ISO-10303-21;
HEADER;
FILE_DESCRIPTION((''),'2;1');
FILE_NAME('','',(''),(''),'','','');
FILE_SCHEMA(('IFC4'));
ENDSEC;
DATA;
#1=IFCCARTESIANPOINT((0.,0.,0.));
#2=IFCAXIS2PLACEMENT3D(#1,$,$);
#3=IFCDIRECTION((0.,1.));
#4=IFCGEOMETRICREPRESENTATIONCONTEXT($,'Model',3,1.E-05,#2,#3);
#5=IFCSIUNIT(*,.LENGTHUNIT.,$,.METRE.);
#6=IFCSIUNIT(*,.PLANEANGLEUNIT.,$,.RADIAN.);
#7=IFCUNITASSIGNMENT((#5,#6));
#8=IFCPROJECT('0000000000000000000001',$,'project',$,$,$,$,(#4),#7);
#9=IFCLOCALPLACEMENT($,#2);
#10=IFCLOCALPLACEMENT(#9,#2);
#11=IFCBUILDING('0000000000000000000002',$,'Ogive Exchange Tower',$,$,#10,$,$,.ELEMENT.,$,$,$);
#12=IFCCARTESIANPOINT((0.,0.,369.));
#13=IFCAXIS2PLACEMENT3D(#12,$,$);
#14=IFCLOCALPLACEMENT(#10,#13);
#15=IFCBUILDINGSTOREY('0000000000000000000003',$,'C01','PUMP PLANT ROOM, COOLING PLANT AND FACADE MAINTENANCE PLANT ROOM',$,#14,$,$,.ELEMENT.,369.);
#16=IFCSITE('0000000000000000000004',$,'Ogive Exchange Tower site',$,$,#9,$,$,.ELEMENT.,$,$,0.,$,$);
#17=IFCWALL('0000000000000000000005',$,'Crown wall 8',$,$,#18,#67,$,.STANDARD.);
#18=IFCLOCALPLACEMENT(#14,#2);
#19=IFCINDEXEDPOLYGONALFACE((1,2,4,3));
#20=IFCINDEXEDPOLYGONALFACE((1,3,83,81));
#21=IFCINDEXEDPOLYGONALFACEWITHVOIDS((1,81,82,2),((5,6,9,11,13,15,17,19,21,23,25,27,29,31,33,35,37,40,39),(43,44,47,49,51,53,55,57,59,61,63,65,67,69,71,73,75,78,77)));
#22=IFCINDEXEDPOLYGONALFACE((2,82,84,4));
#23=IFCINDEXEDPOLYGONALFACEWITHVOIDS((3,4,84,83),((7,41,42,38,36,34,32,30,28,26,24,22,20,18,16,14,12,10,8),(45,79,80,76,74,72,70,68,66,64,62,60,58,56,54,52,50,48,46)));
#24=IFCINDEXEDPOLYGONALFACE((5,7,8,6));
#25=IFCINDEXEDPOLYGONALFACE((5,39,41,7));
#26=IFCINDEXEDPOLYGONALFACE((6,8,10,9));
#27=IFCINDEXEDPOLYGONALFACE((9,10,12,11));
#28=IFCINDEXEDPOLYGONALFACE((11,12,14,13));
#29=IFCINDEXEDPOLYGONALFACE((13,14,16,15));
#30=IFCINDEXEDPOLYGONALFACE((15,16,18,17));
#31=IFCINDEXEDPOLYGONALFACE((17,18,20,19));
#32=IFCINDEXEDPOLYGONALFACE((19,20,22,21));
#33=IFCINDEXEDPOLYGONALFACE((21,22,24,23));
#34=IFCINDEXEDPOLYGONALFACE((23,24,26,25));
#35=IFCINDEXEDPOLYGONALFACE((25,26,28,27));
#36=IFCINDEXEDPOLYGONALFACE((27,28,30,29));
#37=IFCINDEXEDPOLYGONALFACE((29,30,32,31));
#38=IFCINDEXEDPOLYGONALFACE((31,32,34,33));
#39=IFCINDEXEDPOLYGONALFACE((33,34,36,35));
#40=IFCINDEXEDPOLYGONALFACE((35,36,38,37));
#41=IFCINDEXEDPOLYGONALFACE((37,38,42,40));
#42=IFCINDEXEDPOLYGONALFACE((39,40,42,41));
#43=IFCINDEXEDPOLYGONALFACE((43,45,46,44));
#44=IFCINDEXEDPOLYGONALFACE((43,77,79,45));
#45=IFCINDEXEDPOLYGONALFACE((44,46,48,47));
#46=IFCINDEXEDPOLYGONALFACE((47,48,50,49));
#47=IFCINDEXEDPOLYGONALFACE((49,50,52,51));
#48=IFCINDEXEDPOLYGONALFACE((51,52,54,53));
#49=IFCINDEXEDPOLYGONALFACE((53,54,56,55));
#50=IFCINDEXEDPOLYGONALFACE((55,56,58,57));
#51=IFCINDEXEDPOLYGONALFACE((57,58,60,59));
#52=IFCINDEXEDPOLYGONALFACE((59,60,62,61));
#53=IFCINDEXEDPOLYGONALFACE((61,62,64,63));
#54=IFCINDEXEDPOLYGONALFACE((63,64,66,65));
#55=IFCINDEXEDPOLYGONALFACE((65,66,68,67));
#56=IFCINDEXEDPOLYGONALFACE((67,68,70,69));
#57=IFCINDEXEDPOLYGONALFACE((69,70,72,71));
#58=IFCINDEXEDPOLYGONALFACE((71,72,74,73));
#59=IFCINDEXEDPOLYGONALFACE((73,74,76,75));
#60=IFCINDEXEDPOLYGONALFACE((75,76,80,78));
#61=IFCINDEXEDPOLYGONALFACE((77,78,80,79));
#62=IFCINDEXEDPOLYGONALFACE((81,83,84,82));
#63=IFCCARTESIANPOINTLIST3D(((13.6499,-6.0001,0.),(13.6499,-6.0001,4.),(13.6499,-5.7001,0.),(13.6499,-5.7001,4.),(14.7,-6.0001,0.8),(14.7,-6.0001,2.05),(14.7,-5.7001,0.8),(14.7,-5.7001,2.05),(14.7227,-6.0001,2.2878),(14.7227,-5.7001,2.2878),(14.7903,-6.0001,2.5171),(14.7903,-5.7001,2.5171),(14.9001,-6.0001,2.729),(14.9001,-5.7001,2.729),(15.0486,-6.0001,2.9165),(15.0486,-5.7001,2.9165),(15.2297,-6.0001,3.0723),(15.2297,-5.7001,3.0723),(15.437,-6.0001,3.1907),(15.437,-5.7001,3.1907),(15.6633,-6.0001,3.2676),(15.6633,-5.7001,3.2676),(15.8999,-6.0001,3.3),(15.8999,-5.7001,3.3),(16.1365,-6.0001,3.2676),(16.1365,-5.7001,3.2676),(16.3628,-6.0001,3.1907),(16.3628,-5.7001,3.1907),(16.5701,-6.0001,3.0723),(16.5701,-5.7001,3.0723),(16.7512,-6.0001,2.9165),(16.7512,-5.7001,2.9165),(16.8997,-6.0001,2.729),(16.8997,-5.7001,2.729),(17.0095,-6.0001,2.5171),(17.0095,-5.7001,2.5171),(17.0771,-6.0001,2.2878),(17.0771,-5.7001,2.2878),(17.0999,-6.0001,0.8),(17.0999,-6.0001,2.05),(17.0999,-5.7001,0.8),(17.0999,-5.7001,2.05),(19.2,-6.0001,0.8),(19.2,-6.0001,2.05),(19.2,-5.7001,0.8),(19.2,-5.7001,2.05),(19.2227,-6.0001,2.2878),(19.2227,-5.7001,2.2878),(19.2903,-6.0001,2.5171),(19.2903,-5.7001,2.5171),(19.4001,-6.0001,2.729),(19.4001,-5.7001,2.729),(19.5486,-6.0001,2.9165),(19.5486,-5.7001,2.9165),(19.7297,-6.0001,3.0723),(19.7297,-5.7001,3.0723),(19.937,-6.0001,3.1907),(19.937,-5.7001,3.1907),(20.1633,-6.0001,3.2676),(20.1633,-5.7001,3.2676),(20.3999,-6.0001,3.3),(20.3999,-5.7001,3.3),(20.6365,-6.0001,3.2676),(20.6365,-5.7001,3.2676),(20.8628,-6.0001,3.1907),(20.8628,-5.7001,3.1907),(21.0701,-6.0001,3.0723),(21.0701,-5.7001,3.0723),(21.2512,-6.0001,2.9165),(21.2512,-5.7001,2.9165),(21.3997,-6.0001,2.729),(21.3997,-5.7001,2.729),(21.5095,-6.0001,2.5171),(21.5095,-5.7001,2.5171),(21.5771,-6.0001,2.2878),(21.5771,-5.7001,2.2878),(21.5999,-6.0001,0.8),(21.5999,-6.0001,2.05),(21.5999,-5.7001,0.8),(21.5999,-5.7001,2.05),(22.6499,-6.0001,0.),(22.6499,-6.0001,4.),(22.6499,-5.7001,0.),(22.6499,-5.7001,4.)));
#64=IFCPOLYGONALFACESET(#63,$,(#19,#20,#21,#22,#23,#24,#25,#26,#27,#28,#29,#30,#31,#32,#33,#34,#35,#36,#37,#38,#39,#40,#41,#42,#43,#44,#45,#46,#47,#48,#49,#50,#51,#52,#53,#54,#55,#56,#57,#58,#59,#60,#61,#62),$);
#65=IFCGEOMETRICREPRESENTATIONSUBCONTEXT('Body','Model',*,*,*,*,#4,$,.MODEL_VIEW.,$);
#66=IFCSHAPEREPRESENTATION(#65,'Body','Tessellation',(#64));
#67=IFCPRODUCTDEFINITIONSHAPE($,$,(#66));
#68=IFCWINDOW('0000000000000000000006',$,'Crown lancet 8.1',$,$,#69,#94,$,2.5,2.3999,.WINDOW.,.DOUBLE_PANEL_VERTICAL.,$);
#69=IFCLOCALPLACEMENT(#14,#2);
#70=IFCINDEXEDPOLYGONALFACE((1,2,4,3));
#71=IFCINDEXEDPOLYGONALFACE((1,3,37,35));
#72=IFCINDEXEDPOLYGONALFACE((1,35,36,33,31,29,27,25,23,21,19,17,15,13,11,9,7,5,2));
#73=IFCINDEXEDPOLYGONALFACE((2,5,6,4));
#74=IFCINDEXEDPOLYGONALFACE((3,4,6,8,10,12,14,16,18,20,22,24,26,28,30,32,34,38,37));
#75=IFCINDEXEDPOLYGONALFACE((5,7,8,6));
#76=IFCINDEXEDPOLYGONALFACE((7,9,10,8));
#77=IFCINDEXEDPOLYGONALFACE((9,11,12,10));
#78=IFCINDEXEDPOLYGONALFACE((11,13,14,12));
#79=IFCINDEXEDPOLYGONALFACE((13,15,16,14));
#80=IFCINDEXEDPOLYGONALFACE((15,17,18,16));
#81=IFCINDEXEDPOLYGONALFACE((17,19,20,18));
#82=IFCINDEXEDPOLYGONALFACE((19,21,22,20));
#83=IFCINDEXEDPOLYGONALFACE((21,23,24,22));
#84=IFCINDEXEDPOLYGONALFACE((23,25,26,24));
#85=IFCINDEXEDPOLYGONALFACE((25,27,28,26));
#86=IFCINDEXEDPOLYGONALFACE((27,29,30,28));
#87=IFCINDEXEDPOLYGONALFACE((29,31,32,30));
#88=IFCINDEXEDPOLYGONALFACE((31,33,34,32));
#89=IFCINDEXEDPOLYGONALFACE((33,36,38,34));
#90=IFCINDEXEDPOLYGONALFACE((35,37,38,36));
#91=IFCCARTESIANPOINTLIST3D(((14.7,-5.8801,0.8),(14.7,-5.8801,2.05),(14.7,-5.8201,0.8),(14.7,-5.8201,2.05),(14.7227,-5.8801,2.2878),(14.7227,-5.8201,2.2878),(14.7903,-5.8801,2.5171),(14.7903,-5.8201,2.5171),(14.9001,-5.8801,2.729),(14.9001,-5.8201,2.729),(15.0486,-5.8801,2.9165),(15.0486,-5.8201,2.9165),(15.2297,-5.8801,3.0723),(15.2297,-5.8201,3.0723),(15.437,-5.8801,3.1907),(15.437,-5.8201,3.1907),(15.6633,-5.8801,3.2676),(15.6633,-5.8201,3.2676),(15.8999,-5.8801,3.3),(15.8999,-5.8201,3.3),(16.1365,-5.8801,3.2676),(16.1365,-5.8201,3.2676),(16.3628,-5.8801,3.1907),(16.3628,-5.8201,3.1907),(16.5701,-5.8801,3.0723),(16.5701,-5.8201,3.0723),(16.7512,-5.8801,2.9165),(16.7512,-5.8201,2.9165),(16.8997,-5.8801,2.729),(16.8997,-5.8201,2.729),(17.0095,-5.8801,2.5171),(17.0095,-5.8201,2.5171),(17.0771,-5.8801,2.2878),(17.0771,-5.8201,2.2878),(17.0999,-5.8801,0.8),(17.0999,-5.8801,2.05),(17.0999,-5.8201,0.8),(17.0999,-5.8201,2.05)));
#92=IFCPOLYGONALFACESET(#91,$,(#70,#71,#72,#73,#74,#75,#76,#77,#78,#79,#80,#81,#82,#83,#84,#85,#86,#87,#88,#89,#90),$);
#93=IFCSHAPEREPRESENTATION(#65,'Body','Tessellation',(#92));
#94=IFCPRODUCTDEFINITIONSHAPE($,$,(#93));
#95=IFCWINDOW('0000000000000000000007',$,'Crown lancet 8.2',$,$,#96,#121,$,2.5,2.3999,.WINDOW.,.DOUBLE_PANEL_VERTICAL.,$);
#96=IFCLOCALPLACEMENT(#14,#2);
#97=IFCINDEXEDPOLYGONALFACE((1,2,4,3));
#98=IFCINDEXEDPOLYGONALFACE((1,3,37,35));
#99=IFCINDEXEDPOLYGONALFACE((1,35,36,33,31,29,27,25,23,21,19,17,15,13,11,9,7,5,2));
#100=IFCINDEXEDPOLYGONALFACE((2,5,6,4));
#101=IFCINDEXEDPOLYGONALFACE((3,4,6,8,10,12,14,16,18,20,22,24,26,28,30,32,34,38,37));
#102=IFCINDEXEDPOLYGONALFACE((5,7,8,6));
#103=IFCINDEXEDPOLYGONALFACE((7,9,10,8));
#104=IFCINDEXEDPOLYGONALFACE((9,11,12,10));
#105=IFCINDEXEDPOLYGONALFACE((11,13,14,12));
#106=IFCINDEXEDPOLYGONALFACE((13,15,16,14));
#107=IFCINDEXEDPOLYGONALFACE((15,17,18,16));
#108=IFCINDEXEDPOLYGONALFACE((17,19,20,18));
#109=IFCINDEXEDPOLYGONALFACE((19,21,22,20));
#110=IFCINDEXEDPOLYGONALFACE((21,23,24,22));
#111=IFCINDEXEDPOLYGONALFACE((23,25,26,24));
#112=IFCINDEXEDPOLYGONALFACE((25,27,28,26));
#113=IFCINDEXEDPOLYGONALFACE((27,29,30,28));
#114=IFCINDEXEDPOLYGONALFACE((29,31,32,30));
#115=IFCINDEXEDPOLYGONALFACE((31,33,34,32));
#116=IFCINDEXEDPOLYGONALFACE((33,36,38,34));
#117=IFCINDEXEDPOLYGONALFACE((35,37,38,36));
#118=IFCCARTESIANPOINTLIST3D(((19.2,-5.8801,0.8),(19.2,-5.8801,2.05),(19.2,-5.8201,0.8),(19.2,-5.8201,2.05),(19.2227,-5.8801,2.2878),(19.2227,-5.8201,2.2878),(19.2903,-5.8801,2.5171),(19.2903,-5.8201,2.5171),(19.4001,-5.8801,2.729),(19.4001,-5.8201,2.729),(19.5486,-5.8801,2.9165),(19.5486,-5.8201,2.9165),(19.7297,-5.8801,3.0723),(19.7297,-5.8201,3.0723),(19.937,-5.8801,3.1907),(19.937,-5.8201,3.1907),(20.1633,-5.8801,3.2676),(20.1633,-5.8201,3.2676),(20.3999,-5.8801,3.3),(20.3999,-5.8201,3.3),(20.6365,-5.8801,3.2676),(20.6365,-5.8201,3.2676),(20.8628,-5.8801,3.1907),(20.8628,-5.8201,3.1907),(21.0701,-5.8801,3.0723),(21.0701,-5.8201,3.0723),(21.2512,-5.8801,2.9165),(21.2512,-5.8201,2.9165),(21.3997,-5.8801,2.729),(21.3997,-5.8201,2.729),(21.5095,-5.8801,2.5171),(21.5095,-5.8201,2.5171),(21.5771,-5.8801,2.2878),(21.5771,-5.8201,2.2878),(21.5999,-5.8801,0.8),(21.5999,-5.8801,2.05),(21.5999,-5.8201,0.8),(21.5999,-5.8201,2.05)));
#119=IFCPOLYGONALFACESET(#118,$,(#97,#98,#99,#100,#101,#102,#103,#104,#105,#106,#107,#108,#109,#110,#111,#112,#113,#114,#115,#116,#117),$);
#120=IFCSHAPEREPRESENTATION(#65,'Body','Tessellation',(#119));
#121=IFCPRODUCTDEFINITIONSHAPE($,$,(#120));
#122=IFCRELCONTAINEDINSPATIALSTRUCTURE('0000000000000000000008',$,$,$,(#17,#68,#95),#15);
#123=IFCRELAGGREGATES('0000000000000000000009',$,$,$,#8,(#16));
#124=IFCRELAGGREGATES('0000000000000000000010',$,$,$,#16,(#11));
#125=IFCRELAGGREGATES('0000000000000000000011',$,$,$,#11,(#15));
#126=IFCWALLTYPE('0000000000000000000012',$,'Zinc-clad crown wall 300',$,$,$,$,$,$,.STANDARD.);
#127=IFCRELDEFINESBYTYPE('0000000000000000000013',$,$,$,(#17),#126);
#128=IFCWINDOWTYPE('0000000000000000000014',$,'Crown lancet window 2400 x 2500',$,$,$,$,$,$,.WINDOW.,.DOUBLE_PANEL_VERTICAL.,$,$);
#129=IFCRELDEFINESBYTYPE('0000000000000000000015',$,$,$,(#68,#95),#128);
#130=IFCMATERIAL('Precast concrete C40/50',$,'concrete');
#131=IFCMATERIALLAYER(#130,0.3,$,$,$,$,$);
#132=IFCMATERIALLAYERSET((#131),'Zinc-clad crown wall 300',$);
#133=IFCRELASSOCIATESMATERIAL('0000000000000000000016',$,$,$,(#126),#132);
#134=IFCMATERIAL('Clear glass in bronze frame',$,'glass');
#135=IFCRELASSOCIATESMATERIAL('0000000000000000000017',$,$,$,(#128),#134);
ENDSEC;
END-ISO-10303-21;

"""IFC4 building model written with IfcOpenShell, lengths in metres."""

from ifc_helpers import new_model, si_unit, direction, frame, frame_2d, origin, place, context, subcontext, project, spatial, polyline, rectangle, outline, extrude, material, layer, layer_set, type_object, element, fill, save


model = new_model("IFC4")

# Units and contexts
model_context = context("Model", 3, precision=1e-05, world=origin(), true_north=direction((0.0, 1.0)))
body_context = subcontext(model_context, "Body", "Model", "MODEL_VIEW")
ifc_project = project(units=[si_unit("LENGTHUNIT", "METRE"), si_unit("PLANEANGLEUNIT", "RADIAN")], contexts=[model_context])

# Site, building, storey
site_placement = place(None, origin())
site = spatial("IfcSite", under=ifc_project, at=site_placement, Name="Ogive Exchange Tower site", CompositionType="ELEMENT", RefElevation=0.0)
building_placement = place(site_placement, origin())
building = spatial("IfcBuilding", under=site, at=building_placement, Name="Ogive Exchange Tower", CompositionType="ELEMENT")
storey_placement = place(building_placement, frame((0.0, 0.0, 369.0)))
storey = spatial("IfcBuildingStorey", under=building, at=storey_placement, Name="C01", Description="PUMP PLANT ROOM, COOLING PLANT AND FACADE MAINTENANCE PLANT ROOM", CompositionType="ELEMENT", Elevation=369.0)

# Wall, openings, windows
ifc_material_1 = material(Name="Precast concrete C40/50", Category="concrete")
ifc_layer_1 = layer(ifc_material_1, 0.3)
ifc_layer_set_1 = layer_set([ifc_layer_1], Name="Zinc-clad crown wall 300")
wall_type_1 = type_object("IfcWallType", Name="Zinc-clad crown wall 300", PredefinedType="STANDARD", material=ifc_layer_set_1)
wall_1_placement = place(storey_placement, frame((13.6499, -5.8501, 0.0), z_axis=(0.0, 0.0, 1.0), x_axis=(1.0, 0.0, 0.0)))
wall_1 = element("IfcWall", 1, at=wall_1_placement, inside=storey, type_object=wall_type_1, Name="Crown wall 8", PredefinedType="STANDARD", context=body_context, shape_type="SweptSolid", body=[
    extrude(rectangle(XDim=9.0, YDim=0.3, at=frame_2d((4.5, 0.0))), origin(), (0.0, 0.0, 1.0), 4.0),
])
opening_1_placement = place(wall_1_placement, frame((1.05, 0.0, 0.8)))
opening_1 = element("IfcOpeningElement", 2, at=opening_1_placement, cuts=wall_1, PredefinedType="OPENING", context=body_context, shape_type="SweptSolid", body=[
    extrude(outline(polyline([(0.0, 0.0), (2.3999, 0.0), (2.3999, 1.25), (2.3772, 1.4878), (2.3096, 1.717), (2.1997, 1.929), (2.0513, 2.1165), (1.8701, 2.2722), (1.6628, 2.3906), (1.4365, 2.4675), (1.2, 2.5), (0.9634, 2.4675), (0.7371, 2.3906), (0.5298, 2.2722), (0.3486, 2.1165), (0.2002, 1.929), (0.0903, 1.717), (0.0227, 1.4878), (0.0, 1.25), (0.0, 0.0)])), frame((0.0, 0.1599, 0.0), z_axis=(0.0, -1.0, 0.0), x_axis=(1.0, 0.0, 0.0)), (0.0, 0.0, 1.0), 0.3201),
])
opening_2_placement = place(wall_1_placement, frame((5.55, 0.0, 0.8)))
opening_2 = element("IfcOpeningElement", 3, at=opening_2_placement, cuts=wall_1, PredefinedType="OPENING", context=body_context, shape_type="SweptSolid", body=[
    extrude(outline(polyline([(0.0, 0.0), (2.3999, 0.0), (2.3999, 1.25), (2.3772, 1.4878), (2.3096, 1.717), (2.1997, 1.929), (2.0513, 2.1165), (1.8701, 2.2722), (1.6628, 2.3906), (1.4365, 2.4675), (1.2, 2.5), (0.9634, 2.4675), (0.7371, 2.3906), (0.5298, 2.2722), (0.3486, 2.1165), (0.2002, 1.929), (0.0903, 1.717), (0.0227, 1.4878), (0.0, 1.25), (0.0, 0.0)])), frame((0.0, 0.1599, 0.0), z_axis=(0.0, -1.0, 0.0), x_axis=(1.0, 0.0, 0.0)), (0.0, 0.0, 1.0), 0.3201),
])
ifc_material_2 = material(Name="Clear glass in bronze frame", Category="glass")
window_type = type_object("IfcWindowType", Name="Crown lancet window 2400 x 2500", PartitioningType="DOUBLE_PANEL_VERTICAL", PredefinedType="WINDOW", material=ifc_material_2)
window_1_placement = place(opening_1_placement, origin())
window_1 = element("IfcWindow", 4, at=window_1_placement, inside=storey, type_object=window_type, Name="Crown lancet 8.1", OverallHeight=2.5, OverallWidth=2.3999, PartitioningType="DOUBLE_PANEL_VERTICAL", PredefinedType="WINDOW", context=body_context, shape_type="SweptSolid", body=[
    extrude(outline(polyline([(0.0, 0.0), (2.3999, 0.0), (2.3999, 1.25), (2.3772, 1.4878), (2.3096, 1.717), (2.1997, 1.929), (2.0513, 2.1165), (1.8701, 2.2722), (1.6628, 2.3906), (1.4365, 2.4675), (1.2, 2.5), (0.9634, 2.4675), (0.7371, 2.3906), (0.5298, 2.2722), (0.3486, 2.1165), (0.2002, 1.929), (0.0903, 1.717), (0.0227, 1.4878), (0.0, 1.25), (0.0, 0.0)])), frame((0.0, 0.03, 0.0), z_axis=(0.0, -1.0, 0.0), x_axis=(1.0, 0.0, 0.0)), (0.0, 0.0, 1.0), 0.0601),
])
fill(opening_1, window_1)
window_2_placement = place(opening_2_placement, origin())
window_2 = element("IfcWindow", 5, at=window_2_placement, inside=storey, type_object=window_type, Name="Crown lancet 8.2", OverallHeight=2.5, OverallWidth=2.3999, PartitioningType="DOUBLE_PANEL_VERTICAL", PredefinedType="WINDOW", context=body_context, shape_type="SweptSolid", body=[
    extrude(outline(polyline([(0.0, 0.0), (2.3999, 0.0), (2.3999, 1.25), (2.3772, 1.4878), (2.3096, 1.717), (2.1997, 1.929), (2.0513, 2.1165), (1.8701, 2.2722), (1.6628, 2.3906), (1.4365, 2.4675), (1.2, 2.5), (0.9634, 2.4675), (0.7371, 2.3906), (0.5298, 2.2722), (0.3486, 2.1165), (0.2002, 1.929), (0.0903, 1.717), (0.0227, 1.4878), (0.0, 1.25), (0.0, 0.0)])), frame((0.0, 0.03, 0.0), z_axis=(0.0, -1.0, 0.0), x_axis=(1.0, 0.0, 0.0)), (0.0, 0.0, 1.0), 0.0601),
])
fill(opening_2, window_2)

save(model, "model.ifc")
